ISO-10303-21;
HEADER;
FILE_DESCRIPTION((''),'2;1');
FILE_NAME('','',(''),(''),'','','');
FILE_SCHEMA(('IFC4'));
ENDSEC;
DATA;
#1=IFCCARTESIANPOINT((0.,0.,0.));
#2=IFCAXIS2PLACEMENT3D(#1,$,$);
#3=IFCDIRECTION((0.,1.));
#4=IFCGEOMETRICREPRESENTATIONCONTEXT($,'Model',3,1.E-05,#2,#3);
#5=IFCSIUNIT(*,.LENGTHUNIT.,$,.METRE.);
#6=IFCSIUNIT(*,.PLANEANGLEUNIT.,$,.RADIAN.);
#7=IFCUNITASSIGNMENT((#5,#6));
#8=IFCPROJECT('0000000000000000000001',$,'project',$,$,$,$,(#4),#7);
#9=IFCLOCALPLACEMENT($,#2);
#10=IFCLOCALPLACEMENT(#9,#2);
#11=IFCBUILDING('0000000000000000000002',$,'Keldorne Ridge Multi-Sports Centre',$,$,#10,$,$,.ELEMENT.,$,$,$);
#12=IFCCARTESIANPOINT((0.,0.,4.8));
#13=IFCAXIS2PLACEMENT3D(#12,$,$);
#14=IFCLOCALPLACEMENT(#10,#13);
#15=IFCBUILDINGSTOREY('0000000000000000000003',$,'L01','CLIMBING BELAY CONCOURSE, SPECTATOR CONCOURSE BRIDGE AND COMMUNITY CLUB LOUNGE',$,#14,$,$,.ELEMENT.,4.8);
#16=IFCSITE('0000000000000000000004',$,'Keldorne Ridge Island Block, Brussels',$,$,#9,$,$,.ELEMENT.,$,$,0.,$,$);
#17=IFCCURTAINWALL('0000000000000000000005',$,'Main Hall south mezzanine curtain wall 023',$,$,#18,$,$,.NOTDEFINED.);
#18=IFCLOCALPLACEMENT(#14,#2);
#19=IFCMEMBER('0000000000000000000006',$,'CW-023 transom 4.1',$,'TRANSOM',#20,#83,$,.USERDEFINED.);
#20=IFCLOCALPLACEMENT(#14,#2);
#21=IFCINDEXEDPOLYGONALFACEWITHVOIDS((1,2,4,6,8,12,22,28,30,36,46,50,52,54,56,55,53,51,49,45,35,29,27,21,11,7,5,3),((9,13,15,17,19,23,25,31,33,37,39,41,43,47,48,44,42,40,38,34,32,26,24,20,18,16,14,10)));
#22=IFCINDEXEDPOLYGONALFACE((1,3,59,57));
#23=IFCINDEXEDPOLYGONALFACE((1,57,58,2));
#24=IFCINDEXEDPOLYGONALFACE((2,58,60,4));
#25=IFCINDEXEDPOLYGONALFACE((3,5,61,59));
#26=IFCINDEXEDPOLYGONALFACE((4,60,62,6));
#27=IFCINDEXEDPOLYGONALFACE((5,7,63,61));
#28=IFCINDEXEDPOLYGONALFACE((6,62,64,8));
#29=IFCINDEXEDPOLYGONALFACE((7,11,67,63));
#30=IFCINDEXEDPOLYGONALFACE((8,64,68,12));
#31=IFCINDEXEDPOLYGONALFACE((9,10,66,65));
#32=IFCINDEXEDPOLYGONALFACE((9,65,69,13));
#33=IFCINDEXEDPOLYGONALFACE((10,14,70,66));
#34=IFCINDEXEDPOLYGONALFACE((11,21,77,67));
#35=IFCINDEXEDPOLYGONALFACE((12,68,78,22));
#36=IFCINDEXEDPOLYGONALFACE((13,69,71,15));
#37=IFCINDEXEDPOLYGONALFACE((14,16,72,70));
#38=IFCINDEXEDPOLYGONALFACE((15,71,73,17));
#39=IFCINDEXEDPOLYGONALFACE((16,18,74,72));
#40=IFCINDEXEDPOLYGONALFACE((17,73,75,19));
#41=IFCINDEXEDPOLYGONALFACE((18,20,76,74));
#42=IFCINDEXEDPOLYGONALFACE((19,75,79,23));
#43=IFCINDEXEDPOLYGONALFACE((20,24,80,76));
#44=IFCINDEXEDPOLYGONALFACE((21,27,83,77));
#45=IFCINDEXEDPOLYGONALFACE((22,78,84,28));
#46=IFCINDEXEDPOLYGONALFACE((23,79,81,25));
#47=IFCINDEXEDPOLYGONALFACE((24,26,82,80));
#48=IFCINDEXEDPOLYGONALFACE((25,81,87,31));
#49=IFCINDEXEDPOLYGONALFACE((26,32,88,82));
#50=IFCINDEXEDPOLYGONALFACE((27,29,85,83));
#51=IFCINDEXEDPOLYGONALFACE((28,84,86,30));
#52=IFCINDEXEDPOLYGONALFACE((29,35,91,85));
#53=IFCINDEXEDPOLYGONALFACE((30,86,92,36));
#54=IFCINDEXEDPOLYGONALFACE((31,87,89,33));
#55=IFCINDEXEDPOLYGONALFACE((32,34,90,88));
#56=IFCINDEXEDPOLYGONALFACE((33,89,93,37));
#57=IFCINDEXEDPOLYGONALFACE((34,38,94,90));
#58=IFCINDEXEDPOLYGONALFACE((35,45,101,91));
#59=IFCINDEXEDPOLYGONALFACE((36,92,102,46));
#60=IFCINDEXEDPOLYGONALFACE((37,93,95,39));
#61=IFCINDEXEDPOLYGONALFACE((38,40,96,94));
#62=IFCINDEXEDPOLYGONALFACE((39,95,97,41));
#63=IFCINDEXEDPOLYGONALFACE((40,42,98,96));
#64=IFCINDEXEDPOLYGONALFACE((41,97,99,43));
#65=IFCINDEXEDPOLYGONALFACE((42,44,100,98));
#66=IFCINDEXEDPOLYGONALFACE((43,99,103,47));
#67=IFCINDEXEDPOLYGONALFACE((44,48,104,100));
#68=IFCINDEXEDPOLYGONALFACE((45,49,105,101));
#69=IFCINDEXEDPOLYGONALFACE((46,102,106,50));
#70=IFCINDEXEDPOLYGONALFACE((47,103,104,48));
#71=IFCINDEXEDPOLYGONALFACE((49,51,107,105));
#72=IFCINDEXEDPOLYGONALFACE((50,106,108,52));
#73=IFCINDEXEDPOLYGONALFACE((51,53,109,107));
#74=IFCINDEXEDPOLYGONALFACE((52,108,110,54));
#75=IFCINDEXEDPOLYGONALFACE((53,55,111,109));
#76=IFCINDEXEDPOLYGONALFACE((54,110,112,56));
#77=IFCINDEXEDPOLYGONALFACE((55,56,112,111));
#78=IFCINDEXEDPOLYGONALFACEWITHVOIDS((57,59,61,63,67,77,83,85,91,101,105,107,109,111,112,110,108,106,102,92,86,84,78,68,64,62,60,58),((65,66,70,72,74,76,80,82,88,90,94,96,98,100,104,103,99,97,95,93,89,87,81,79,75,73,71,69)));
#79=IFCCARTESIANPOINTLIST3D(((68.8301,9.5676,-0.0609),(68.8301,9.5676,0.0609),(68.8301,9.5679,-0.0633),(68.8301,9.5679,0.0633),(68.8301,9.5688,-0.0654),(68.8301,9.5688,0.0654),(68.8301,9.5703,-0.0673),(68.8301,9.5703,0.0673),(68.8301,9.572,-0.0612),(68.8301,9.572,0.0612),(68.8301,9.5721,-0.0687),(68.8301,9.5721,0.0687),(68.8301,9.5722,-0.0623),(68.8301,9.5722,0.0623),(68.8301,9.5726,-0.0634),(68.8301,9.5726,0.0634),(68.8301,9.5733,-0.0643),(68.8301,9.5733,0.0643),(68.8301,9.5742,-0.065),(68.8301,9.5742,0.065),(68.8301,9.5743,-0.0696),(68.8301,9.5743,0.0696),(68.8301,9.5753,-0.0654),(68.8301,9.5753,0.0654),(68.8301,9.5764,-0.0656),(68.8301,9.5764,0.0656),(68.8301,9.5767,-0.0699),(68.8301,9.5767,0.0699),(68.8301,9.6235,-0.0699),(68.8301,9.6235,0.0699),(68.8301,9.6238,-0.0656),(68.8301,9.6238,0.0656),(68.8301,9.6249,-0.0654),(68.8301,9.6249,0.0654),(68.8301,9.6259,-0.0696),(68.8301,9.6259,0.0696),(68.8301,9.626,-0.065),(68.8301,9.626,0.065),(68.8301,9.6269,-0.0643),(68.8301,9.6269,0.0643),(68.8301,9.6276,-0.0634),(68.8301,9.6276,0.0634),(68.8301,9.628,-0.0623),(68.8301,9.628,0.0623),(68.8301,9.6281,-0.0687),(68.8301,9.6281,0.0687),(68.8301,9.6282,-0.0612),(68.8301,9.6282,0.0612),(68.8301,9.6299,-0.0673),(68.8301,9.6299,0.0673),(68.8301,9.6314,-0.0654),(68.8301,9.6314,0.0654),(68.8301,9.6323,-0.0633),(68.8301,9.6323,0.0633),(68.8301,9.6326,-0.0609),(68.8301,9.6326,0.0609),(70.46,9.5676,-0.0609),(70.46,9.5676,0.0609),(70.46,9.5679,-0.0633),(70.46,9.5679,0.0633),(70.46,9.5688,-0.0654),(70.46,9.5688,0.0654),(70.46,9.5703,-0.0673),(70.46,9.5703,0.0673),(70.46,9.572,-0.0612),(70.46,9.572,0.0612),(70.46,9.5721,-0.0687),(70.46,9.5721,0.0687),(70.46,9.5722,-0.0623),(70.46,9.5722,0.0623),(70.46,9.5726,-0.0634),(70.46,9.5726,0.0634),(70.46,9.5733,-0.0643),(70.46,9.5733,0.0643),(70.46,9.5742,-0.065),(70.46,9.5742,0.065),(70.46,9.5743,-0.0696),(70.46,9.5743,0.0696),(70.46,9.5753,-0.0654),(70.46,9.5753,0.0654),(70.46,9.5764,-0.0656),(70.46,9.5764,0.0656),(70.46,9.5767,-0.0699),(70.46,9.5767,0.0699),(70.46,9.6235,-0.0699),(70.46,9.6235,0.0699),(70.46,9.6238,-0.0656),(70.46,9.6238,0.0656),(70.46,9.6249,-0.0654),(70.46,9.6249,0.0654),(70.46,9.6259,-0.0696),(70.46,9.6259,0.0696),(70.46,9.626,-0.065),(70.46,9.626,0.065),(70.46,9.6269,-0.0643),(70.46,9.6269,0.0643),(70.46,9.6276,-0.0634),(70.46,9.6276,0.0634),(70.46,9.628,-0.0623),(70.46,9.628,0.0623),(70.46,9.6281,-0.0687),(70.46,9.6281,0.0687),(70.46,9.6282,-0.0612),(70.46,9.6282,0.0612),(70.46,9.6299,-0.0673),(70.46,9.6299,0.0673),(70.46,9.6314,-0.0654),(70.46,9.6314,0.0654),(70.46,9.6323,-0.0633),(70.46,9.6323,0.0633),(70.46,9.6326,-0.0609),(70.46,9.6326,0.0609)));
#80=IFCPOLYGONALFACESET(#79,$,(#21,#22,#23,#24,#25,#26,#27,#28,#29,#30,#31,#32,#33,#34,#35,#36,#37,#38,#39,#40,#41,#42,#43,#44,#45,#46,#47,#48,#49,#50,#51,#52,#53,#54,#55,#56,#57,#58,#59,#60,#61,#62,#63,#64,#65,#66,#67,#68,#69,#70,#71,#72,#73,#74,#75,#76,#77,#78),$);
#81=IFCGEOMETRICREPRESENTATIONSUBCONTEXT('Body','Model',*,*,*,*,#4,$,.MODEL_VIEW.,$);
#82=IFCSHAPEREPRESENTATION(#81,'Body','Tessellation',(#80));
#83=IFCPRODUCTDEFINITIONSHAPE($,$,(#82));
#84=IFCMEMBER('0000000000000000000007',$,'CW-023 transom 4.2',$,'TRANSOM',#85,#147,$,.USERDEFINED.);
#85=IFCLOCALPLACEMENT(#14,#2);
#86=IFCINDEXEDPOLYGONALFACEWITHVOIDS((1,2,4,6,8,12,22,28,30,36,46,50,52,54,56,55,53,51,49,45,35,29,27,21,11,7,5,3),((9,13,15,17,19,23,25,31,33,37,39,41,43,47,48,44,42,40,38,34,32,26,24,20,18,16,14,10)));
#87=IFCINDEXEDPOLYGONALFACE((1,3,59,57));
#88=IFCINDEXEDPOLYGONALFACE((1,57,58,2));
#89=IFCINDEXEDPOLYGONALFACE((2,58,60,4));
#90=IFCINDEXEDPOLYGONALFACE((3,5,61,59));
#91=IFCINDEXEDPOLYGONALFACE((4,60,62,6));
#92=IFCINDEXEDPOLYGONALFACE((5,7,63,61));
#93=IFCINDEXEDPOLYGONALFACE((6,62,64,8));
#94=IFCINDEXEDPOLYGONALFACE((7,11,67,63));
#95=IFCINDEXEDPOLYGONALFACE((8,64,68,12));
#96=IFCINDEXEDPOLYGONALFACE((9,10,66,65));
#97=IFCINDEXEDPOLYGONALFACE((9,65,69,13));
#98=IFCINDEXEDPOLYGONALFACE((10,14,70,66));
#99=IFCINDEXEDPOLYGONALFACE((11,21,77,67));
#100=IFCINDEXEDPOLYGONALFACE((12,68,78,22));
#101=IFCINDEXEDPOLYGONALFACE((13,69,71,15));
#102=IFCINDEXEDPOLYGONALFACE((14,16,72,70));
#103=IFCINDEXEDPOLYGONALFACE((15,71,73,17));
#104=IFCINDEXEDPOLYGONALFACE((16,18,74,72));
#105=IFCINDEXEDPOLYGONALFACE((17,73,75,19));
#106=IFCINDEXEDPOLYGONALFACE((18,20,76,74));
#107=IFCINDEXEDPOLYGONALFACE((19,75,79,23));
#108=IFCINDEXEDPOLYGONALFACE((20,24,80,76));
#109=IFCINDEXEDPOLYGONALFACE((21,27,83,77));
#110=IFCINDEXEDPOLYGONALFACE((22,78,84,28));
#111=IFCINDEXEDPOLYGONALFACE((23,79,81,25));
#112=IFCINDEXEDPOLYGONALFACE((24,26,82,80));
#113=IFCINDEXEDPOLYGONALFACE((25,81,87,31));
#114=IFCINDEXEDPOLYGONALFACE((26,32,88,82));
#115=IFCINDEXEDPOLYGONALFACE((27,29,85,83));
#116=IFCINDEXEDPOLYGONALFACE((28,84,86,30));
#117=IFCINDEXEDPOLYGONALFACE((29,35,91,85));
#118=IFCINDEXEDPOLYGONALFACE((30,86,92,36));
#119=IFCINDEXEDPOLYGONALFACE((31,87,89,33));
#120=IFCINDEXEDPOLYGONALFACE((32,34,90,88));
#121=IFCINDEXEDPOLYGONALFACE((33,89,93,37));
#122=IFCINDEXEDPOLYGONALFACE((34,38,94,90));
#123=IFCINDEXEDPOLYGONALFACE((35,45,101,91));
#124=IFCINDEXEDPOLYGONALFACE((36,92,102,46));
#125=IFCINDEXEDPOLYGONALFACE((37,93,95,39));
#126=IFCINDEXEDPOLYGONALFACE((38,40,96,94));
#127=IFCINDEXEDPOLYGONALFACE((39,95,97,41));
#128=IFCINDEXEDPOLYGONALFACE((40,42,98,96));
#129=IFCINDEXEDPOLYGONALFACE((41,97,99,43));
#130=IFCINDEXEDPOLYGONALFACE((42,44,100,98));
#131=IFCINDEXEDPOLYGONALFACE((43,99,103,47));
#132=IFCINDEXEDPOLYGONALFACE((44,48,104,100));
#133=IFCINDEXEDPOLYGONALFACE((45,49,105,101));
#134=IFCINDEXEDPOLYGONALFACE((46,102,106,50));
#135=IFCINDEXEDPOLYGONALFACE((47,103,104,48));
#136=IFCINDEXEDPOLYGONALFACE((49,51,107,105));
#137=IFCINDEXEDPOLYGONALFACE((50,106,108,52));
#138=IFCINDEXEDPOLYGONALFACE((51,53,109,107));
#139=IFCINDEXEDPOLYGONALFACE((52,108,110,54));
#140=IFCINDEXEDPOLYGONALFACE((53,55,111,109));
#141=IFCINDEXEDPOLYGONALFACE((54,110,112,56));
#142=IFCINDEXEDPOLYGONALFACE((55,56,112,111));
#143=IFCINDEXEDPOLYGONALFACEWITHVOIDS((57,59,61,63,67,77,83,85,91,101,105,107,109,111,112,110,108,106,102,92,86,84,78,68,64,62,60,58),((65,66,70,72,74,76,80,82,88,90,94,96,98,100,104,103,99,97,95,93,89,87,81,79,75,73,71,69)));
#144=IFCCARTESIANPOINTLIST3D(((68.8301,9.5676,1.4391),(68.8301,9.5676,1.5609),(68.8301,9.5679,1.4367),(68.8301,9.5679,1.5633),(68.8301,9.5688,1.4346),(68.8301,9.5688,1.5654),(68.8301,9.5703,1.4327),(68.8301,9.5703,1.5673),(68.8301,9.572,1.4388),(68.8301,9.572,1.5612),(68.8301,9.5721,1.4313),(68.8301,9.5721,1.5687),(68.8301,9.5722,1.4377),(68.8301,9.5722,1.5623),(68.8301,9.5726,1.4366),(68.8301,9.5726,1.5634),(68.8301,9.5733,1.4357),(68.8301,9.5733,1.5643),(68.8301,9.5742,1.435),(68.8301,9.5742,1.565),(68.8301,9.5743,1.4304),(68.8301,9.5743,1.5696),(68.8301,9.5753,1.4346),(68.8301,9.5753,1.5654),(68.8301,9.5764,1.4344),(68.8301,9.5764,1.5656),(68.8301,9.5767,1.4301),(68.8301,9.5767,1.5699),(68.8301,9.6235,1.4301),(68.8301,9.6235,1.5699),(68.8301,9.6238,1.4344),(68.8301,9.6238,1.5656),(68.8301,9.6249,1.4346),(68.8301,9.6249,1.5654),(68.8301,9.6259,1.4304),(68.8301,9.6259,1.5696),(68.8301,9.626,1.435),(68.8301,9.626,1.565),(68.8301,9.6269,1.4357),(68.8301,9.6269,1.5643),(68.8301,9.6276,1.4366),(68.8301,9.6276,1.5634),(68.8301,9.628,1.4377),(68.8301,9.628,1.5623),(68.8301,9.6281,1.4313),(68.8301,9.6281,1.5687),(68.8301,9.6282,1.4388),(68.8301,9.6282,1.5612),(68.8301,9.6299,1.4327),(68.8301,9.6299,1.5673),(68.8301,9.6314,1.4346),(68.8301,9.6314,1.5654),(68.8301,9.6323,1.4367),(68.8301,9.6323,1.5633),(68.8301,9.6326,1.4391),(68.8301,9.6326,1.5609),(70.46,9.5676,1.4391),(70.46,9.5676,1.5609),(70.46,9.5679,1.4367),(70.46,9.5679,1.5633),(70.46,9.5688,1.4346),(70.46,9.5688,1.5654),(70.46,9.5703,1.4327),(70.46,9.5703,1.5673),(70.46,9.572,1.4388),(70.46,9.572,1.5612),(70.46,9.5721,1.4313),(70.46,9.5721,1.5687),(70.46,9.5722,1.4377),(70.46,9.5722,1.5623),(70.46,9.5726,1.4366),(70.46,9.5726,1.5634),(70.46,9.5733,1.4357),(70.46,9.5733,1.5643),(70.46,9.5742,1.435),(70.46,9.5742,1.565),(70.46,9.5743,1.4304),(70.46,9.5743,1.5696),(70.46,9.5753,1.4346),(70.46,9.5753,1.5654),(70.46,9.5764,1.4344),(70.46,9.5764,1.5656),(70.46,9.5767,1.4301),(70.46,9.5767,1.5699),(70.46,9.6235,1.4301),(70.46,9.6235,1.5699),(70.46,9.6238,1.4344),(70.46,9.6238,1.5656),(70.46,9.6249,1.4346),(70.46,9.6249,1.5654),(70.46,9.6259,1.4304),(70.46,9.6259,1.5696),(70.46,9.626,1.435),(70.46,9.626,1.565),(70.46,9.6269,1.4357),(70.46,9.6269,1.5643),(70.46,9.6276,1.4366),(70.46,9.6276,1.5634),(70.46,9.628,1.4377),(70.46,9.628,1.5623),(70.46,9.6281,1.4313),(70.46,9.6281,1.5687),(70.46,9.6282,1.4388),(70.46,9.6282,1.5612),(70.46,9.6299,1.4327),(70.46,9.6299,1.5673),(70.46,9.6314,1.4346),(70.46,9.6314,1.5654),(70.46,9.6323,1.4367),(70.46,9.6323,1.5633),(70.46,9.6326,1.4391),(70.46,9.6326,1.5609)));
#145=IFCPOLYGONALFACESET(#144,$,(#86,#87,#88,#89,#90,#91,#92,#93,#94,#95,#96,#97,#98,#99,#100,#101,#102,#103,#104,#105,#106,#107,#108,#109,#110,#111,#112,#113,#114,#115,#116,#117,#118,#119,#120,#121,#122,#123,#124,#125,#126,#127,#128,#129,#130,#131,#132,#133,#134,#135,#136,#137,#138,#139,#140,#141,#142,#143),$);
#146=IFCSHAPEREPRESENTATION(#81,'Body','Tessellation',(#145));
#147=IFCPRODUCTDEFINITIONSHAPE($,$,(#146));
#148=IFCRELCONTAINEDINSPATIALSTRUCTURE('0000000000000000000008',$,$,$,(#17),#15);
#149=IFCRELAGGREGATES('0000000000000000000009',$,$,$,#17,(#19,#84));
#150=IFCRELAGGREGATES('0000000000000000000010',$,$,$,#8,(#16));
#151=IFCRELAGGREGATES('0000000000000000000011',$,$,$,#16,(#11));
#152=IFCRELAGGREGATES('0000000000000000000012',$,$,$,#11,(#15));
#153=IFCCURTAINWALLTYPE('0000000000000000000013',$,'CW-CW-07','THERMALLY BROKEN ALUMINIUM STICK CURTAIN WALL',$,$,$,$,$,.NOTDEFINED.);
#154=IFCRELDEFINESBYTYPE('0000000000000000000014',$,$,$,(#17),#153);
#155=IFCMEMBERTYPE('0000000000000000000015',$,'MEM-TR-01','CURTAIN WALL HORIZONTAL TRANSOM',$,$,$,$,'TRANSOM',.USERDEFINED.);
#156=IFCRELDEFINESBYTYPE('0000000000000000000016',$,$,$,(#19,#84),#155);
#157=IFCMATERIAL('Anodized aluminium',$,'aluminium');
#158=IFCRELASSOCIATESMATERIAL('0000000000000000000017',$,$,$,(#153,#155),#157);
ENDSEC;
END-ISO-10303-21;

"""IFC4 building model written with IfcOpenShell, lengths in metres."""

from ifc_helpers import new_model, si_unit, direction, frame, origin, origin_2d, place, context, subcontext, project, spatial, hollow_rectangle, extrude, material, material_profile, profile_set, type_object, element, aggregate, save


model = new_model("IFC4")

# Units and contexts
model_context = context("Model", 3, precision=1e-05, world=origin(), true_north=direction((0.0, 1.0)))
body_context = subcontext(model_context, "Body", "Model", "MODEL_VIEW")
ifc_project = project(units=[si_unit("LENGTHUNIT", "METRE"), si_unit("PLANEANGLEUNIT", "RADIAN")], contexts=[model_context])

# Site, building, storey
site_placement = place(None, origin())
site = spatial("IfcSite", under=ifc_project, at=site_placement, Name="Keldorne Ridge Island Block, Brussels", CompositionType="ELEMENT", RefElevation=0.0)
building_placement = place(site_placement, origin())
building = spatial("IfcBuilding", under=site, at=building_placement, Name="Keldorne Ridge Multi-Sports Centre", CompositionType="ELEMENT")
storey_placement = place(building_placement, frame((0.0, 0.0, 4.8)))
storey = spatial("IfcBuildingStorey", under=building, at=storey_placement, Name="L01", Description="CLIMBING BELAY CONCOURSE, SPECTATOR CONCOURSE BRIDGE AND COMMUNITY CLUB LOUNGE", CompositionType="ELEMENT", Elevation=4.8)

# Curtain wall
ifc_material_1 = material(Name="Anodized aluminium", Category="aluminium")
curtain_wall_type_1 = type_object("IfcCurtainWallType", Name="CW-CW-07", Description="THERMALLY BROKEN ALUMINIUM STICK CURTAIN WALL", PredefinedType="NOTDEFINED", material=ifc_material_1)
curtain_wall_1_placement = place(storey_placement, origin())
curtain_wall_1 = element("IfcCurtainWall", 1, at=curtain_wall_1_placement, inside=storey, type_object=curtain_wall_type_1, Name="Main Hall south mezzanine curtain wall 023", PredefinedType="NOTDEFINED")

# Members
ifc_material_profile_1 = material_profile(ifc_material_1, hollow_rectangle(XDim=0.0649, YDim=0.1399, WallThickness=0.0044, InnerFilletRadius=0.0044, OuterFilletRadius=0.009, at=origin_2d()), Name="ALU TRANSOM 140x65x4.5")
ifc_profile_set_1 = profile_set([ifc_material_profile_1], Name="Anodized aluminium")
member_type_1 = type_object("IfcMemberType", Name="MEM-TR-01", Description="CURTAIN WALL HORIZONTAL TRANSOM", ElementType="TRANSOM", PredefinedType="USERDEFINED", material=ifc_profile_set_1)
member_1_placement = place(storey_placement, frame((68.8301, 9.6001, 0.0), z_axis=(1.0, 0.0, 0.0), x_axis=(0.0, 1.0, 0.0)))
member_1 = element("IfcMember", 2, at=member_1_placement, type_object=member_type_1, Name="CW-023 transom 4.1", ObjectType="TRANSOM", PredefinedType="USERDEFINED", context=body_context, shape_type="SweptSolid", body=[
    extrude(hollow_rectangle(XDim=0.0649, YDim=0.1399, WallThickness=0.0044, InnerFilletRadius=0.0044, OuterFilletRadius=0.009, at=origin_2d()), origin(), (0.0, 0.0, 1.0), 1.6299),
])
member_2_placement = place(storey_placement, frame((68.8301, 9.6001, 1.5), z_axis=(1.0, 0.0, 0.0), x_axis=(0.0, 1.0, 0.0)))
member_2 = element("IfcMember", 3, at=member_2_placement, type_object=member_type_1, Name="CW-023 transom 4.2", ObjectType="TRANSOM", PredefinedType="USERDEFINED", context=body_context, shape_type="SweptSolid", body=[
    extrude(hollow_rectangle(XDim=0.0649, YDim=0.1399, WallThickness=0.0044, InnerFilletRadius=0.0044, OuterFilletRadius=0.009, at=origin_2d()), origin(), (0.0, 0.0, 1.0), 1.6299),
])

aggregate(curtain_wall_1, [member_1, member_2])

save(model, "model.ifc")
